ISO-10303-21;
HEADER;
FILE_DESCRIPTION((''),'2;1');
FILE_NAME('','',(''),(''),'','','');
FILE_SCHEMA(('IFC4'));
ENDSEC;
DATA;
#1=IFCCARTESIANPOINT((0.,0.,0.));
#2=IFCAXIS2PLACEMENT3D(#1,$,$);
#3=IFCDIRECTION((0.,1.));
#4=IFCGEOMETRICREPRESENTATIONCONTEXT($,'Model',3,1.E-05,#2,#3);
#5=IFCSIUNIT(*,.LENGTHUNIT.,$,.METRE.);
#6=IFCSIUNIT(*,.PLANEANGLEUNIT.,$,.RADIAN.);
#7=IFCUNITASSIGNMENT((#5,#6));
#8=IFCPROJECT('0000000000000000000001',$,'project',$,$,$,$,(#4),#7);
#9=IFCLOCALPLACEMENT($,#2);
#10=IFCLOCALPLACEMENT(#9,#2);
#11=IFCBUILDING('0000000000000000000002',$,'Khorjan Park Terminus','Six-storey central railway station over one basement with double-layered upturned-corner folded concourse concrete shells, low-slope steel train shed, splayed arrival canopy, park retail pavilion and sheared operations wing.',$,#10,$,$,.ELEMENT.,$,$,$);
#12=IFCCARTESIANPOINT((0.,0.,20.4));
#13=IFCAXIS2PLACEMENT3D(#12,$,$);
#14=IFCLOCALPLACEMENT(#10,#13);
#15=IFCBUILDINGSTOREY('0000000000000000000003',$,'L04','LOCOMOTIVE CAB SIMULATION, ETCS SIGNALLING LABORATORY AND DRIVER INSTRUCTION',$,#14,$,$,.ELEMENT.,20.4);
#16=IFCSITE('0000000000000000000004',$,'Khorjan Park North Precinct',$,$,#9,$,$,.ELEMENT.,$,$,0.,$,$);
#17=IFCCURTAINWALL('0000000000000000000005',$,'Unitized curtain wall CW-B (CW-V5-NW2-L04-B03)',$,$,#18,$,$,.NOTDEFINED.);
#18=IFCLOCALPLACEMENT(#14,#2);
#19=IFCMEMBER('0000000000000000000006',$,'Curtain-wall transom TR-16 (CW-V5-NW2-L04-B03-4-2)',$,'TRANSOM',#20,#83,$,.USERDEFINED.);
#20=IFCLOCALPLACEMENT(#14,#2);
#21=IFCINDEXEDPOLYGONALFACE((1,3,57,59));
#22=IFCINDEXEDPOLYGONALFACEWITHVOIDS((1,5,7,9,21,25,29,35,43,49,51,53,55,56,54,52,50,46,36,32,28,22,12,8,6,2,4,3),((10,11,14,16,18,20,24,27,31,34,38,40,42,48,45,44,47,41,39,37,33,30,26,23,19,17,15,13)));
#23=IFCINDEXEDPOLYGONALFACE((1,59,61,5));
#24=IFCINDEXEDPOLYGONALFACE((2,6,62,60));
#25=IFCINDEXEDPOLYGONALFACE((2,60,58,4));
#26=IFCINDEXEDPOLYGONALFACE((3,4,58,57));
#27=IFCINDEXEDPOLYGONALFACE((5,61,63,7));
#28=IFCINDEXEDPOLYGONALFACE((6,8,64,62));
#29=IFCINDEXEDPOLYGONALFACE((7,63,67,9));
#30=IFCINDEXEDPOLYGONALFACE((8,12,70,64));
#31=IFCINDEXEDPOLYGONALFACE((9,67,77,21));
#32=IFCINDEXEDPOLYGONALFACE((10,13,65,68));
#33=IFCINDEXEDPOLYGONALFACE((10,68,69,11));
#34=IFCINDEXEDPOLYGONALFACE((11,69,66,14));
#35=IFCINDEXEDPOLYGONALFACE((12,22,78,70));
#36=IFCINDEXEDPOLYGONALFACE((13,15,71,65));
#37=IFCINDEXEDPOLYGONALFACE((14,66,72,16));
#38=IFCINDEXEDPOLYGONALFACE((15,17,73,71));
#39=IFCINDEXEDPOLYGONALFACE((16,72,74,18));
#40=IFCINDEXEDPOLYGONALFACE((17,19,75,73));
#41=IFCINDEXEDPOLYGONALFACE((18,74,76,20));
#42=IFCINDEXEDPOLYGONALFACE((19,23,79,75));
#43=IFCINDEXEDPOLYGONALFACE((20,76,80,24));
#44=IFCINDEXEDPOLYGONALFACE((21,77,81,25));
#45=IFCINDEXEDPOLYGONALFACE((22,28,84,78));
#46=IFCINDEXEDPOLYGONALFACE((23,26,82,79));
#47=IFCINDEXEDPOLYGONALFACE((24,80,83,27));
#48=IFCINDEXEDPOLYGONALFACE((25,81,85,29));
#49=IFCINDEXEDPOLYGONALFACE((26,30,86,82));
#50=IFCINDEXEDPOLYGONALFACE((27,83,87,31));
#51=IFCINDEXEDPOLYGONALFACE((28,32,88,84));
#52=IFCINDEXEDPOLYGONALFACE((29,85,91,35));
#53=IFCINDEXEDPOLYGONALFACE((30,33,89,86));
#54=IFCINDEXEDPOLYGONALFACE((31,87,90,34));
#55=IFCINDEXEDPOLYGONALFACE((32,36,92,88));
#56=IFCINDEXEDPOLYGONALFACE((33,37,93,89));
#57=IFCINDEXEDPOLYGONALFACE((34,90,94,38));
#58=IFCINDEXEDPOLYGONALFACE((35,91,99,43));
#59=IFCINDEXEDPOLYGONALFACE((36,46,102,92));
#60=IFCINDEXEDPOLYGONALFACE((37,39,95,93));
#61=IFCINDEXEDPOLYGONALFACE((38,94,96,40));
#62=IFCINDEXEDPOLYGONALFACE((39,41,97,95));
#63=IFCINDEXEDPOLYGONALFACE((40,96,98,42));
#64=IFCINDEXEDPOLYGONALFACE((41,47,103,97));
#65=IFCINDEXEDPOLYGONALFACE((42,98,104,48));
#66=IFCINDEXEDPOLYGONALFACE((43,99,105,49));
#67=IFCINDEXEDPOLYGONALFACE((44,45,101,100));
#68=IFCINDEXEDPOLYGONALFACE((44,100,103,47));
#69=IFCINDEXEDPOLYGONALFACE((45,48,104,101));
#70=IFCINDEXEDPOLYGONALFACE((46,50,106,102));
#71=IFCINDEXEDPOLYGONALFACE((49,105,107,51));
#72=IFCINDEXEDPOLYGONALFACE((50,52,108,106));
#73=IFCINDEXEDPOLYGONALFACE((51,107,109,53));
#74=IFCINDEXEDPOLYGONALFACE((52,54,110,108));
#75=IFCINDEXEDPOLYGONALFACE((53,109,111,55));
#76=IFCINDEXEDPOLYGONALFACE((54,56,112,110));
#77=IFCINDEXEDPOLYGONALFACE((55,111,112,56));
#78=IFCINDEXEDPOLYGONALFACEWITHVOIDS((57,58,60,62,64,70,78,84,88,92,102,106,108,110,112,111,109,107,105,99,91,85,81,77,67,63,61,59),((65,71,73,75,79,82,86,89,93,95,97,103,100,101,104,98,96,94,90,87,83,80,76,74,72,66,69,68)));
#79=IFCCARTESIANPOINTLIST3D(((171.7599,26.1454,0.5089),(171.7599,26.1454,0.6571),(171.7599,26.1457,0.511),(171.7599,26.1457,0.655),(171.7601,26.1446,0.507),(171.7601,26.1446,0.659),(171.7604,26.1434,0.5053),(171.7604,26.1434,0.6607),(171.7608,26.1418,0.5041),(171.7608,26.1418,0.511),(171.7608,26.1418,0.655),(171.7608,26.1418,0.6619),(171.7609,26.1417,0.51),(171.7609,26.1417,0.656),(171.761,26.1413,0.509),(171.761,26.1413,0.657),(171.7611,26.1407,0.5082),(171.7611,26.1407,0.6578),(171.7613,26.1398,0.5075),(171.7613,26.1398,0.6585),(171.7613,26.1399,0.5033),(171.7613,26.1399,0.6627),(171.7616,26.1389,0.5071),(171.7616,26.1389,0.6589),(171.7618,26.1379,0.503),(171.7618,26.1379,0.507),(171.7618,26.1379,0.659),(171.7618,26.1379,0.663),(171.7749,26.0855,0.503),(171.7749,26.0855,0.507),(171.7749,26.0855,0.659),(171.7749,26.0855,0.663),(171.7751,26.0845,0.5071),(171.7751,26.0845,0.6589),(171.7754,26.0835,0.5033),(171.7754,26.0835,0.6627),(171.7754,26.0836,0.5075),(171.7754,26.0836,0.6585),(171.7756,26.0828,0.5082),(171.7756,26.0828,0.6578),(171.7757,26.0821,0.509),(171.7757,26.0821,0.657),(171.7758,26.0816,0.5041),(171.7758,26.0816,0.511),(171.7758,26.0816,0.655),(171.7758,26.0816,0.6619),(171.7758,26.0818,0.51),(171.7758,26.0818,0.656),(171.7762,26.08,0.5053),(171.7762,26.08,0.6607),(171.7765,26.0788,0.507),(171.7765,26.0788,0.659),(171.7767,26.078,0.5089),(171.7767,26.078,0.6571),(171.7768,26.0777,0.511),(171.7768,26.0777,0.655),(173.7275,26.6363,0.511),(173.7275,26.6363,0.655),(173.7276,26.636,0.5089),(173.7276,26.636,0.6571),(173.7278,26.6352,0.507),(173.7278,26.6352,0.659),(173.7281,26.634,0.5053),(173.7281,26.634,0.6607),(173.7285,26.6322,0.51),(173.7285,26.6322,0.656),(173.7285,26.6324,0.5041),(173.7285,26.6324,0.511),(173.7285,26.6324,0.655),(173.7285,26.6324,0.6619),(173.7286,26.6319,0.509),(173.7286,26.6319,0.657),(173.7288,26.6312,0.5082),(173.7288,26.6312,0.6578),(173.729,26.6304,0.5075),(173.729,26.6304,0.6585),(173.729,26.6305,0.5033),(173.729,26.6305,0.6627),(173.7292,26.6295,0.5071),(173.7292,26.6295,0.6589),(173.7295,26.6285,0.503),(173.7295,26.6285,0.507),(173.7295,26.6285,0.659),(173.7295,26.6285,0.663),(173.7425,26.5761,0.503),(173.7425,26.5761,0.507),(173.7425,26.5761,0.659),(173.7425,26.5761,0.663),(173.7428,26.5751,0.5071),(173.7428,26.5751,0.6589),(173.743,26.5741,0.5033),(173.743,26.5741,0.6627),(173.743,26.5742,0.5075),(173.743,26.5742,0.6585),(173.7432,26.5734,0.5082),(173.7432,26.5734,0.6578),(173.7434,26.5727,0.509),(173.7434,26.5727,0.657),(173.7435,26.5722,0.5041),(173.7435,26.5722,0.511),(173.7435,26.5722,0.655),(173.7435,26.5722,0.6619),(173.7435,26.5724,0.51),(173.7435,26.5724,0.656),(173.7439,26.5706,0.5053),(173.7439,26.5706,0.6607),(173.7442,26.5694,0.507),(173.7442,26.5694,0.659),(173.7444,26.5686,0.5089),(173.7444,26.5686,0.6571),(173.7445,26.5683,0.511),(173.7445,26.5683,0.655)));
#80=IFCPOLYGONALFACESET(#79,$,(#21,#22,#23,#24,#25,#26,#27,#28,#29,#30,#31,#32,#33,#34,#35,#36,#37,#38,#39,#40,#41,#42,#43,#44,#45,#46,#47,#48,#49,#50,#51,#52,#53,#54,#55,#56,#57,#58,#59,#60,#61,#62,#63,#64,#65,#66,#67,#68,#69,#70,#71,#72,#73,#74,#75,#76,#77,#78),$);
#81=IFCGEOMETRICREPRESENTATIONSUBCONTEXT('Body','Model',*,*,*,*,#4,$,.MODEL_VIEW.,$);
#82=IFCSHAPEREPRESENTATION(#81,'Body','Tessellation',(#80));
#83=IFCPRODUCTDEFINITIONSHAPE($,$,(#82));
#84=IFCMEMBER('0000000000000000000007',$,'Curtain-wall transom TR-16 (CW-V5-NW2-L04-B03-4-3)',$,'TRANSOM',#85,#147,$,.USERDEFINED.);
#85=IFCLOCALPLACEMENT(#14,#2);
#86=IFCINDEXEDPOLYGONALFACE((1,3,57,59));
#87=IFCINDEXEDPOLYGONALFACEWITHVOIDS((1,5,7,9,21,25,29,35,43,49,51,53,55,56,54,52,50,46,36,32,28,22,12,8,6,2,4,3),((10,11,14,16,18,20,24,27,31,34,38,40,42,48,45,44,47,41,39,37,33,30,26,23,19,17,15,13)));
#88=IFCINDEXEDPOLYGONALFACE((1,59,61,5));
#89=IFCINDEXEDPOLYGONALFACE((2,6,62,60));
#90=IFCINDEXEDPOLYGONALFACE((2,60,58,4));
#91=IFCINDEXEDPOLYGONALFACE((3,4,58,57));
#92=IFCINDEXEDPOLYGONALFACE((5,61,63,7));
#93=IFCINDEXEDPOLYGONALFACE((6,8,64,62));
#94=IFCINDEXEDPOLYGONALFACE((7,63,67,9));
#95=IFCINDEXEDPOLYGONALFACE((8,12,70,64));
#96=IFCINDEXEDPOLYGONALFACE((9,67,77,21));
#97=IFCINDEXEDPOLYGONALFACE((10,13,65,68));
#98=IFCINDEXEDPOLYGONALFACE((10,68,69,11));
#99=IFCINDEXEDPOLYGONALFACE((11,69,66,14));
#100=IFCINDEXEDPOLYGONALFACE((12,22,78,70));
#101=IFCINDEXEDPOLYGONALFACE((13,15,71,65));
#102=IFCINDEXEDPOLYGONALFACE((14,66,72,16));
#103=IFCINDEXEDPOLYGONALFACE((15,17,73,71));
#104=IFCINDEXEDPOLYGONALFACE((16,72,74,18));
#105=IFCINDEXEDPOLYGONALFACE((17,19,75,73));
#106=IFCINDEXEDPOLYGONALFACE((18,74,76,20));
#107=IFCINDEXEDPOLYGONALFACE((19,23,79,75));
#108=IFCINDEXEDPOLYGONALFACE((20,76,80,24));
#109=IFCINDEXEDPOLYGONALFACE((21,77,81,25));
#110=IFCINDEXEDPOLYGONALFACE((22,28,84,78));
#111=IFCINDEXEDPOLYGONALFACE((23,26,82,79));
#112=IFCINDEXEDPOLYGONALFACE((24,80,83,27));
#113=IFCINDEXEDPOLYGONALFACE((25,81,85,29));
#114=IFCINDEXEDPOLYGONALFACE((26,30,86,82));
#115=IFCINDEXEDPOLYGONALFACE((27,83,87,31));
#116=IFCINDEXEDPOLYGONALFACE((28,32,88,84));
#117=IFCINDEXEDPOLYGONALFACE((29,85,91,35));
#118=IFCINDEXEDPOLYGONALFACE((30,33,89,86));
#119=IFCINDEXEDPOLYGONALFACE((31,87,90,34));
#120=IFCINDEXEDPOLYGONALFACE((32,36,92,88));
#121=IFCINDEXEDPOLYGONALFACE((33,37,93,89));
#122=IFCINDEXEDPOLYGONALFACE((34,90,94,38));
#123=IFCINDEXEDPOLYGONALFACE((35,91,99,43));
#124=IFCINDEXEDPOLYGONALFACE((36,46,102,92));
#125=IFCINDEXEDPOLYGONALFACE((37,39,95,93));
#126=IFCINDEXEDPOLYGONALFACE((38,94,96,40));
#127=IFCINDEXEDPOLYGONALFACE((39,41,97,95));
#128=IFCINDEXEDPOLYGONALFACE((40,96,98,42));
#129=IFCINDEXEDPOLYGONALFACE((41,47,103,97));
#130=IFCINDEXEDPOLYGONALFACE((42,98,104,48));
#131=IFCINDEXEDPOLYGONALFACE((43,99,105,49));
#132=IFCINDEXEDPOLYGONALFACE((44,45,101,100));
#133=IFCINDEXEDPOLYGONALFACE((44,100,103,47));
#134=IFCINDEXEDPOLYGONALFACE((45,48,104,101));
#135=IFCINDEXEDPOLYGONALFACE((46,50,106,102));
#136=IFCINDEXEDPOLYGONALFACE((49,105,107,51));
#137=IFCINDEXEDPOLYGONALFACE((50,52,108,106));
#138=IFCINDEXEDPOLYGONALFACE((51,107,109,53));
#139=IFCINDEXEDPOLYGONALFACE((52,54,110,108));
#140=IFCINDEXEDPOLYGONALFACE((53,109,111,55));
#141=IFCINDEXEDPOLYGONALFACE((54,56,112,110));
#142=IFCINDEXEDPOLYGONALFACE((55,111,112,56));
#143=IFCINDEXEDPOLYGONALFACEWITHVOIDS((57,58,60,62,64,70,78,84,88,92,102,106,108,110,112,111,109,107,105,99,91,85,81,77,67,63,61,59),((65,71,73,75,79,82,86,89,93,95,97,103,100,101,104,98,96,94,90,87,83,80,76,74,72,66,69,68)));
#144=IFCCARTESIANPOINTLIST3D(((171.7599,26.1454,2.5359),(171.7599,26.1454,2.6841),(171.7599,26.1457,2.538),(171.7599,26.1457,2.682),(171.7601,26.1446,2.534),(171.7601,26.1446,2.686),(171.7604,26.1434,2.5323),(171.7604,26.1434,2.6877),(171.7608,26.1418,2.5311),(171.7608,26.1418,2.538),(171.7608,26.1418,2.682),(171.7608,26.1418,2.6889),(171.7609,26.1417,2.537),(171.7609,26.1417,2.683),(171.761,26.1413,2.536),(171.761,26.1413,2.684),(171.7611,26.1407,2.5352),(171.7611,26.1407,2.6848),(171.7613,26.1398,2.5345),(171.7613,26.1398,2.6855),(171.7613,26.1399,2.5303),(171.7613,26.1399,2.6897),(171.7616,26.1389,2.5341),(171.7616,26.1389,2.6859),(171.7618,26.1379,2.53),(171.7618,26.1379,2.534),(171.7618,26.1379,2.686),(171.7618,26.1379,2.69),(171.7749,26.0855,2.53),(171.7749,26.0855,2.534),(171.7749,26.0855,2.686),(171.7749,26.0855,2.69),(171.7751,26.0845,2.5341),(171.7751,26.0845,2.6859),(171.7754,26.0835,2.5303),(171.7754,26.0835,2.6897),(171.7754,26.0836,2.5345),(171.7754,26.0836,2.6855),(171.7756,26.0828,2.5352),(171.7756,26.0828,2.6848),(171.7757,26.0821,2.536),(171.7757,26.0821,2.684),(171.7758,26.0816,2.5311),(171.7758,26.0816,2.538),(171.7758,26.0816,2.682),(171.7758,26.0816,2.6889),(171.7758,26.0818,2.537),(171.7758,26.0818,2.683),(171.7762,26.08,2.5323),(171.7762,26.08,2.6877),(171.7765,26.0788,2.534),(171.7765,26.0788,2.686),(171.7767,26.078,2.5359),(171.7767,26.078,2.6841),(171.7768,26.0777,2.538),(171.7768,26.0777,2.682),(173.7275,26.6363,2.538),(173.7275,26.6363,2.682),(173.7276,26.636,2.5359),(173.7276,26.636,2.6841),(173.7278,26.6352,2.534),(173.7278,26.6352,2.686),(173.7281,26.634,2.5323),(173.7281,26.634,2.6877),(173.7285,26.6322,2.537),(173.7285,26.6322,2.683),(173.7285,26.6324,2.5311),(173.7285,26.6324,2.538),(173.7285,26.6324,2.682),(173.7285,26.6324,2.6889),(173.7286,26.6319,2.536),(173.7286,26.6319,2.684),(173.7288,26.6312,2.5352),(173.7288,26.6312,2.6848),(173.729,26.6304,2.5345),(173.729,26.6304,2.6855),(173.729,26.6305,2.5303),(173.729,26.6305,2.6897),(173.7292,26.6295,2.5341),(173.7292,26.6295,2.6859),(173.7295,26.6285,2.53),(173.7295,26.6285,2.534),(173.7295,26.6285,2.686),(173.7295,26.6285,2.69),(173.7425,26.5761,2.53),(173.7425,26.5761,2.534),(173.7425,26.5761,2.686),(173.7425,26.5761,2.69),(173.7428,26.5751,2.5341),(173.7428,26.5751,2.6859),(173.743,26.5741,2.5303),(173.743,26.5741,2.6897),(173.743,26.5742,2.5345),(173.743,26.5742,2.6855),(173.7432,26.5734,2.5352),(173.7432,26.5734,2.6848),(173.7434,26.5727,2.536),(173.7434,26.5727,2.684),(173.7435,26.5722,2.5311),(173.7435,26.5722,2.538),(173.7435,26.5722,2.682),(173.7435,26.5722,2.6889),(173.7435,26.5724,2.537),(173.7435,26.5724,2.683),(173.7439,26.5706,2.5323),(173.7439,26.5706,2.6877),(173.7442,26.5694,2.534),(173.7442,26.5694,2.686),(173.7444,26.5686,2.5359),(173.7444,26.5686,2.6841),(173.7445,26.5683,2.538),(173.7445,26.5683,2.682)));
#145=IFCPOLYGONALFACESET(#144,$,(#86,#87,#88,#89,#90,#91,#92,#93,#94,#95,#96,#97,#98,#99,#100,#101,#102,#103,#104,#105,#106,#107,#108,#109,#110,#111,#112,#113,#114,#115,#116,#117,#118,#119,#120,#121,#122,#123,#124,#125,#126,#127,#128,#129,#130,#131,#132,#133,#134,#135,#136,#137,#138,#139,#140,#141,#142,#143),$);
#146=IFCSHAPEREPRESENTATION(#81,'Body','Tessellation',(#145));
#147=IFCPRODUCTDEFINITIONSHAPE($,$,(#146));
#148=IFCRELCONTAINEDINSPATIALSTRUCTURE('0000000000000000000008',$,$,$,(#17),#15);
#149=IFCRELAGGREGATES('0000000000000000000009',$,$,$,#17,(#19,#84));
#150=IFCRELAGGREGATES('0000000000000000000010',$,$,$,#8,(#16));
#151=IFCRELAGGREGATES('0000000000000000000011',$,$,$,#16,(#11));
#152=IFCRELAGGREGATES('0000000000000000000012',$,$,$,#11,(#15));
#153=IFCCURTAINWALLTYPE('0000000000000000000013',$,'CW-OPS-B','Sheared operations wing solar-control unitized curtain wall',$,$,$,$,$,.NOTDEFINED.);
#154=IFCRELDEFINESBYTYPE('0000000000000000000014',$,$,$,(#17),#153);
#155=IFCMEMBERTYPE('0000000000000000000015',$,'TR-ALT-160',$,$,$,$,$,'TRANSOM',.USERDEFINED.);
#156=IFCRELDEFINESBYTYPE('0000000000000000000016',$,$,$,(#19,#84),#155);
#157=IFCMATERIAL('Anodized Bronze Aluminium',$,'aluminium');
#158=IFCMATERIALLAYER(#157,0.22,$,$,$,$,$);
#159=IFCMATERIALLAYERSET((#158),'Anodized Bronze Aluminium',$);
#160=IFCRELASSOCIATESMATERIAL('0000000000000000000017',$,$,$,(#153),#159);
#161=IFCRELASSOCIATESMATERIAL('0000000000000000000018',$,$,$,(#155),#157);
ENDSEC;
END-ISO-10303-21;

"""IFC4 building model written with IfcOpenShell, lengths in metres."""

from ifc_helpers import new_model, si_unit, direction, frame, origin, origin_2d, place, context, subcontext, project, spatial, hollow_rectangle, extrude, material, layer, layer_set, material_profile, profile_set, type_object, element, aggregate, save


model = new_model("IFC4")

# Units and contexts
model_context = context("Model", 3, precision=1e-05, world=origin(), true_north=direction((0.0, 1.0)))
body_context = subcontext(model_context, "Body", "Model", "MODEL_VIEW")
ifc_project = project(units=[si_unit("LENGTHUNIT", "METRE"), si_unit("PLANEANGLEUNIT", "RADIAN")], contexts=[model_context])

# Site, building, storey
site_placement = place(None, origin())
site = spatial("IfcSite", under=ifc_project, at=site_placement, Name="Khorjan Park North Precinct", CompositionType="ELEMENT", RefElevation=0.0)
building_placement = place(site_placement, origin())
building = spatial("IfcBuilding", under=site, at=building_placement, Name="Khorjan Park Terminus", Description="Six-storey central railway station over one basement with double-layered upturned-corner folded concourse concrete shells, low-slope steel train shed, splayed arrival canopy, park retail pavilion and sheared operations wing.", CompositionType="ELEMENT")
storey_placement = place(building_placement, frame((0.0, 0.0, 20.4)))
storey = spatial("IfcBuildingStorey", under=building, at=storey_placement, Name="L04", Description="LOCOMOTIVE CAB SIMULATION, ETCS SIGNALLING LABORATORY AND DRIVER INSTRUCTION", CompositionType="ELEMENT", Elevation=20.4)

# Curtain wall, members
ifc_material_1 = material(Name="Anodized Bronze Aluminium", Category="aluminium")
ifc_layer_1 = layer(ifc_material_1, 0.22)
ifc_layer_set_1 = layer_set([ifc_layer_1], Name="Anodized Bronze Aluminium")
curtain_wall_type = type_object("IfcCurtainWallType", Name="CW-OPS-B", Description="Sheared operations wing solar-control unitized curtain wall", PredefinedType="NOTDEFINED", material=ifc_layer_set_1)
curtain_wall_1_placement = place(storey_placement, origin())
curtain_wall_1 = element("IfcCurtainWall", 1, at=curtain_wall_1_placement, inside=storey, type_object=curtain_wall_type, Name="Unitized curtain wall CW-B (CW-V5-NW2-L04-B03)", PredefinedType="NOTDEFINED")
ifc_material_profile_1 = material_profile(ifc_material_1, hollow_rectangle(XDim=0.07, YDim=0.16, WallThickness=0.004, InnerFilletRadius=0.004, OuterFilletRadius=0.008, at=origin_2d()), Name="ALT 70x160x4")
ifc_profile_set_1 = profile_set([ifc_material_profile_1], Name="Anodized Bronze Aluminium")
member_type_1 = type_object("IfcMemberType", Name="TR-ALT-160", ElementType="TRANSOM", PredefinedType="USERDEFINED", material=ifc_profile_set_1)
member_1_placement = place(storey_placement, frame((173.736, 26.6023, 0.583), z_axis=(-0.970296, -0.241921, 0.0), x_axis=(0.241921, -0.970296, 0.0)))
member_1 = element("IfcMember", 2, at=member_1_placement, type_object=member_type_1, Name="Curtain-wall transom TR-16 (CW-V5-NW2-L04-B03-4-2)", ObjectType="TRANSOM", PredefinedType="USERDEFINED", context=body_context, shape_type="SweptSolid", body=[
    extrude(hollow_rectangle(XDim=0.07, YDim=0.16, WallThickness=0.004, InnerFilletRadius=0.004, OuterFilletRadius=0.008, at=origin_2d()), origin(), (0.0, 0.0, 1.0), 2.0279),
])
member_2_placement = place(storey_placement, frame((173.736, 26.6023, 2.61), z_axis=(-0.970296, -0.241921, 0.0), x_axis=(0.241921, -0.970296, 0.0)))
member_2 = element("IfcMember", 3, at=member_2_placement, type_object=member_type_1, Name="Curtain-wall transom TR-16 (CW-V5-NW2-L04-B03-4-3)", ObjectType="TRANSOM", PredefinedType="USERDEFINED", context=body_context, shape_type="SweptSolid", body=[
    extrude(hollow_rectangle(XDim=0.07, YDim=0.16, WallThickness=0.004, InnerFilletRadius=0.004, OuterFilletRadius=0.008, at=origin_2d()), origin(), (0.0, 0.0, 1.0), 2.0279),
])

aggregate(curtain_wall_1, [member_1, member_2])

save(model, "model.ifc")
